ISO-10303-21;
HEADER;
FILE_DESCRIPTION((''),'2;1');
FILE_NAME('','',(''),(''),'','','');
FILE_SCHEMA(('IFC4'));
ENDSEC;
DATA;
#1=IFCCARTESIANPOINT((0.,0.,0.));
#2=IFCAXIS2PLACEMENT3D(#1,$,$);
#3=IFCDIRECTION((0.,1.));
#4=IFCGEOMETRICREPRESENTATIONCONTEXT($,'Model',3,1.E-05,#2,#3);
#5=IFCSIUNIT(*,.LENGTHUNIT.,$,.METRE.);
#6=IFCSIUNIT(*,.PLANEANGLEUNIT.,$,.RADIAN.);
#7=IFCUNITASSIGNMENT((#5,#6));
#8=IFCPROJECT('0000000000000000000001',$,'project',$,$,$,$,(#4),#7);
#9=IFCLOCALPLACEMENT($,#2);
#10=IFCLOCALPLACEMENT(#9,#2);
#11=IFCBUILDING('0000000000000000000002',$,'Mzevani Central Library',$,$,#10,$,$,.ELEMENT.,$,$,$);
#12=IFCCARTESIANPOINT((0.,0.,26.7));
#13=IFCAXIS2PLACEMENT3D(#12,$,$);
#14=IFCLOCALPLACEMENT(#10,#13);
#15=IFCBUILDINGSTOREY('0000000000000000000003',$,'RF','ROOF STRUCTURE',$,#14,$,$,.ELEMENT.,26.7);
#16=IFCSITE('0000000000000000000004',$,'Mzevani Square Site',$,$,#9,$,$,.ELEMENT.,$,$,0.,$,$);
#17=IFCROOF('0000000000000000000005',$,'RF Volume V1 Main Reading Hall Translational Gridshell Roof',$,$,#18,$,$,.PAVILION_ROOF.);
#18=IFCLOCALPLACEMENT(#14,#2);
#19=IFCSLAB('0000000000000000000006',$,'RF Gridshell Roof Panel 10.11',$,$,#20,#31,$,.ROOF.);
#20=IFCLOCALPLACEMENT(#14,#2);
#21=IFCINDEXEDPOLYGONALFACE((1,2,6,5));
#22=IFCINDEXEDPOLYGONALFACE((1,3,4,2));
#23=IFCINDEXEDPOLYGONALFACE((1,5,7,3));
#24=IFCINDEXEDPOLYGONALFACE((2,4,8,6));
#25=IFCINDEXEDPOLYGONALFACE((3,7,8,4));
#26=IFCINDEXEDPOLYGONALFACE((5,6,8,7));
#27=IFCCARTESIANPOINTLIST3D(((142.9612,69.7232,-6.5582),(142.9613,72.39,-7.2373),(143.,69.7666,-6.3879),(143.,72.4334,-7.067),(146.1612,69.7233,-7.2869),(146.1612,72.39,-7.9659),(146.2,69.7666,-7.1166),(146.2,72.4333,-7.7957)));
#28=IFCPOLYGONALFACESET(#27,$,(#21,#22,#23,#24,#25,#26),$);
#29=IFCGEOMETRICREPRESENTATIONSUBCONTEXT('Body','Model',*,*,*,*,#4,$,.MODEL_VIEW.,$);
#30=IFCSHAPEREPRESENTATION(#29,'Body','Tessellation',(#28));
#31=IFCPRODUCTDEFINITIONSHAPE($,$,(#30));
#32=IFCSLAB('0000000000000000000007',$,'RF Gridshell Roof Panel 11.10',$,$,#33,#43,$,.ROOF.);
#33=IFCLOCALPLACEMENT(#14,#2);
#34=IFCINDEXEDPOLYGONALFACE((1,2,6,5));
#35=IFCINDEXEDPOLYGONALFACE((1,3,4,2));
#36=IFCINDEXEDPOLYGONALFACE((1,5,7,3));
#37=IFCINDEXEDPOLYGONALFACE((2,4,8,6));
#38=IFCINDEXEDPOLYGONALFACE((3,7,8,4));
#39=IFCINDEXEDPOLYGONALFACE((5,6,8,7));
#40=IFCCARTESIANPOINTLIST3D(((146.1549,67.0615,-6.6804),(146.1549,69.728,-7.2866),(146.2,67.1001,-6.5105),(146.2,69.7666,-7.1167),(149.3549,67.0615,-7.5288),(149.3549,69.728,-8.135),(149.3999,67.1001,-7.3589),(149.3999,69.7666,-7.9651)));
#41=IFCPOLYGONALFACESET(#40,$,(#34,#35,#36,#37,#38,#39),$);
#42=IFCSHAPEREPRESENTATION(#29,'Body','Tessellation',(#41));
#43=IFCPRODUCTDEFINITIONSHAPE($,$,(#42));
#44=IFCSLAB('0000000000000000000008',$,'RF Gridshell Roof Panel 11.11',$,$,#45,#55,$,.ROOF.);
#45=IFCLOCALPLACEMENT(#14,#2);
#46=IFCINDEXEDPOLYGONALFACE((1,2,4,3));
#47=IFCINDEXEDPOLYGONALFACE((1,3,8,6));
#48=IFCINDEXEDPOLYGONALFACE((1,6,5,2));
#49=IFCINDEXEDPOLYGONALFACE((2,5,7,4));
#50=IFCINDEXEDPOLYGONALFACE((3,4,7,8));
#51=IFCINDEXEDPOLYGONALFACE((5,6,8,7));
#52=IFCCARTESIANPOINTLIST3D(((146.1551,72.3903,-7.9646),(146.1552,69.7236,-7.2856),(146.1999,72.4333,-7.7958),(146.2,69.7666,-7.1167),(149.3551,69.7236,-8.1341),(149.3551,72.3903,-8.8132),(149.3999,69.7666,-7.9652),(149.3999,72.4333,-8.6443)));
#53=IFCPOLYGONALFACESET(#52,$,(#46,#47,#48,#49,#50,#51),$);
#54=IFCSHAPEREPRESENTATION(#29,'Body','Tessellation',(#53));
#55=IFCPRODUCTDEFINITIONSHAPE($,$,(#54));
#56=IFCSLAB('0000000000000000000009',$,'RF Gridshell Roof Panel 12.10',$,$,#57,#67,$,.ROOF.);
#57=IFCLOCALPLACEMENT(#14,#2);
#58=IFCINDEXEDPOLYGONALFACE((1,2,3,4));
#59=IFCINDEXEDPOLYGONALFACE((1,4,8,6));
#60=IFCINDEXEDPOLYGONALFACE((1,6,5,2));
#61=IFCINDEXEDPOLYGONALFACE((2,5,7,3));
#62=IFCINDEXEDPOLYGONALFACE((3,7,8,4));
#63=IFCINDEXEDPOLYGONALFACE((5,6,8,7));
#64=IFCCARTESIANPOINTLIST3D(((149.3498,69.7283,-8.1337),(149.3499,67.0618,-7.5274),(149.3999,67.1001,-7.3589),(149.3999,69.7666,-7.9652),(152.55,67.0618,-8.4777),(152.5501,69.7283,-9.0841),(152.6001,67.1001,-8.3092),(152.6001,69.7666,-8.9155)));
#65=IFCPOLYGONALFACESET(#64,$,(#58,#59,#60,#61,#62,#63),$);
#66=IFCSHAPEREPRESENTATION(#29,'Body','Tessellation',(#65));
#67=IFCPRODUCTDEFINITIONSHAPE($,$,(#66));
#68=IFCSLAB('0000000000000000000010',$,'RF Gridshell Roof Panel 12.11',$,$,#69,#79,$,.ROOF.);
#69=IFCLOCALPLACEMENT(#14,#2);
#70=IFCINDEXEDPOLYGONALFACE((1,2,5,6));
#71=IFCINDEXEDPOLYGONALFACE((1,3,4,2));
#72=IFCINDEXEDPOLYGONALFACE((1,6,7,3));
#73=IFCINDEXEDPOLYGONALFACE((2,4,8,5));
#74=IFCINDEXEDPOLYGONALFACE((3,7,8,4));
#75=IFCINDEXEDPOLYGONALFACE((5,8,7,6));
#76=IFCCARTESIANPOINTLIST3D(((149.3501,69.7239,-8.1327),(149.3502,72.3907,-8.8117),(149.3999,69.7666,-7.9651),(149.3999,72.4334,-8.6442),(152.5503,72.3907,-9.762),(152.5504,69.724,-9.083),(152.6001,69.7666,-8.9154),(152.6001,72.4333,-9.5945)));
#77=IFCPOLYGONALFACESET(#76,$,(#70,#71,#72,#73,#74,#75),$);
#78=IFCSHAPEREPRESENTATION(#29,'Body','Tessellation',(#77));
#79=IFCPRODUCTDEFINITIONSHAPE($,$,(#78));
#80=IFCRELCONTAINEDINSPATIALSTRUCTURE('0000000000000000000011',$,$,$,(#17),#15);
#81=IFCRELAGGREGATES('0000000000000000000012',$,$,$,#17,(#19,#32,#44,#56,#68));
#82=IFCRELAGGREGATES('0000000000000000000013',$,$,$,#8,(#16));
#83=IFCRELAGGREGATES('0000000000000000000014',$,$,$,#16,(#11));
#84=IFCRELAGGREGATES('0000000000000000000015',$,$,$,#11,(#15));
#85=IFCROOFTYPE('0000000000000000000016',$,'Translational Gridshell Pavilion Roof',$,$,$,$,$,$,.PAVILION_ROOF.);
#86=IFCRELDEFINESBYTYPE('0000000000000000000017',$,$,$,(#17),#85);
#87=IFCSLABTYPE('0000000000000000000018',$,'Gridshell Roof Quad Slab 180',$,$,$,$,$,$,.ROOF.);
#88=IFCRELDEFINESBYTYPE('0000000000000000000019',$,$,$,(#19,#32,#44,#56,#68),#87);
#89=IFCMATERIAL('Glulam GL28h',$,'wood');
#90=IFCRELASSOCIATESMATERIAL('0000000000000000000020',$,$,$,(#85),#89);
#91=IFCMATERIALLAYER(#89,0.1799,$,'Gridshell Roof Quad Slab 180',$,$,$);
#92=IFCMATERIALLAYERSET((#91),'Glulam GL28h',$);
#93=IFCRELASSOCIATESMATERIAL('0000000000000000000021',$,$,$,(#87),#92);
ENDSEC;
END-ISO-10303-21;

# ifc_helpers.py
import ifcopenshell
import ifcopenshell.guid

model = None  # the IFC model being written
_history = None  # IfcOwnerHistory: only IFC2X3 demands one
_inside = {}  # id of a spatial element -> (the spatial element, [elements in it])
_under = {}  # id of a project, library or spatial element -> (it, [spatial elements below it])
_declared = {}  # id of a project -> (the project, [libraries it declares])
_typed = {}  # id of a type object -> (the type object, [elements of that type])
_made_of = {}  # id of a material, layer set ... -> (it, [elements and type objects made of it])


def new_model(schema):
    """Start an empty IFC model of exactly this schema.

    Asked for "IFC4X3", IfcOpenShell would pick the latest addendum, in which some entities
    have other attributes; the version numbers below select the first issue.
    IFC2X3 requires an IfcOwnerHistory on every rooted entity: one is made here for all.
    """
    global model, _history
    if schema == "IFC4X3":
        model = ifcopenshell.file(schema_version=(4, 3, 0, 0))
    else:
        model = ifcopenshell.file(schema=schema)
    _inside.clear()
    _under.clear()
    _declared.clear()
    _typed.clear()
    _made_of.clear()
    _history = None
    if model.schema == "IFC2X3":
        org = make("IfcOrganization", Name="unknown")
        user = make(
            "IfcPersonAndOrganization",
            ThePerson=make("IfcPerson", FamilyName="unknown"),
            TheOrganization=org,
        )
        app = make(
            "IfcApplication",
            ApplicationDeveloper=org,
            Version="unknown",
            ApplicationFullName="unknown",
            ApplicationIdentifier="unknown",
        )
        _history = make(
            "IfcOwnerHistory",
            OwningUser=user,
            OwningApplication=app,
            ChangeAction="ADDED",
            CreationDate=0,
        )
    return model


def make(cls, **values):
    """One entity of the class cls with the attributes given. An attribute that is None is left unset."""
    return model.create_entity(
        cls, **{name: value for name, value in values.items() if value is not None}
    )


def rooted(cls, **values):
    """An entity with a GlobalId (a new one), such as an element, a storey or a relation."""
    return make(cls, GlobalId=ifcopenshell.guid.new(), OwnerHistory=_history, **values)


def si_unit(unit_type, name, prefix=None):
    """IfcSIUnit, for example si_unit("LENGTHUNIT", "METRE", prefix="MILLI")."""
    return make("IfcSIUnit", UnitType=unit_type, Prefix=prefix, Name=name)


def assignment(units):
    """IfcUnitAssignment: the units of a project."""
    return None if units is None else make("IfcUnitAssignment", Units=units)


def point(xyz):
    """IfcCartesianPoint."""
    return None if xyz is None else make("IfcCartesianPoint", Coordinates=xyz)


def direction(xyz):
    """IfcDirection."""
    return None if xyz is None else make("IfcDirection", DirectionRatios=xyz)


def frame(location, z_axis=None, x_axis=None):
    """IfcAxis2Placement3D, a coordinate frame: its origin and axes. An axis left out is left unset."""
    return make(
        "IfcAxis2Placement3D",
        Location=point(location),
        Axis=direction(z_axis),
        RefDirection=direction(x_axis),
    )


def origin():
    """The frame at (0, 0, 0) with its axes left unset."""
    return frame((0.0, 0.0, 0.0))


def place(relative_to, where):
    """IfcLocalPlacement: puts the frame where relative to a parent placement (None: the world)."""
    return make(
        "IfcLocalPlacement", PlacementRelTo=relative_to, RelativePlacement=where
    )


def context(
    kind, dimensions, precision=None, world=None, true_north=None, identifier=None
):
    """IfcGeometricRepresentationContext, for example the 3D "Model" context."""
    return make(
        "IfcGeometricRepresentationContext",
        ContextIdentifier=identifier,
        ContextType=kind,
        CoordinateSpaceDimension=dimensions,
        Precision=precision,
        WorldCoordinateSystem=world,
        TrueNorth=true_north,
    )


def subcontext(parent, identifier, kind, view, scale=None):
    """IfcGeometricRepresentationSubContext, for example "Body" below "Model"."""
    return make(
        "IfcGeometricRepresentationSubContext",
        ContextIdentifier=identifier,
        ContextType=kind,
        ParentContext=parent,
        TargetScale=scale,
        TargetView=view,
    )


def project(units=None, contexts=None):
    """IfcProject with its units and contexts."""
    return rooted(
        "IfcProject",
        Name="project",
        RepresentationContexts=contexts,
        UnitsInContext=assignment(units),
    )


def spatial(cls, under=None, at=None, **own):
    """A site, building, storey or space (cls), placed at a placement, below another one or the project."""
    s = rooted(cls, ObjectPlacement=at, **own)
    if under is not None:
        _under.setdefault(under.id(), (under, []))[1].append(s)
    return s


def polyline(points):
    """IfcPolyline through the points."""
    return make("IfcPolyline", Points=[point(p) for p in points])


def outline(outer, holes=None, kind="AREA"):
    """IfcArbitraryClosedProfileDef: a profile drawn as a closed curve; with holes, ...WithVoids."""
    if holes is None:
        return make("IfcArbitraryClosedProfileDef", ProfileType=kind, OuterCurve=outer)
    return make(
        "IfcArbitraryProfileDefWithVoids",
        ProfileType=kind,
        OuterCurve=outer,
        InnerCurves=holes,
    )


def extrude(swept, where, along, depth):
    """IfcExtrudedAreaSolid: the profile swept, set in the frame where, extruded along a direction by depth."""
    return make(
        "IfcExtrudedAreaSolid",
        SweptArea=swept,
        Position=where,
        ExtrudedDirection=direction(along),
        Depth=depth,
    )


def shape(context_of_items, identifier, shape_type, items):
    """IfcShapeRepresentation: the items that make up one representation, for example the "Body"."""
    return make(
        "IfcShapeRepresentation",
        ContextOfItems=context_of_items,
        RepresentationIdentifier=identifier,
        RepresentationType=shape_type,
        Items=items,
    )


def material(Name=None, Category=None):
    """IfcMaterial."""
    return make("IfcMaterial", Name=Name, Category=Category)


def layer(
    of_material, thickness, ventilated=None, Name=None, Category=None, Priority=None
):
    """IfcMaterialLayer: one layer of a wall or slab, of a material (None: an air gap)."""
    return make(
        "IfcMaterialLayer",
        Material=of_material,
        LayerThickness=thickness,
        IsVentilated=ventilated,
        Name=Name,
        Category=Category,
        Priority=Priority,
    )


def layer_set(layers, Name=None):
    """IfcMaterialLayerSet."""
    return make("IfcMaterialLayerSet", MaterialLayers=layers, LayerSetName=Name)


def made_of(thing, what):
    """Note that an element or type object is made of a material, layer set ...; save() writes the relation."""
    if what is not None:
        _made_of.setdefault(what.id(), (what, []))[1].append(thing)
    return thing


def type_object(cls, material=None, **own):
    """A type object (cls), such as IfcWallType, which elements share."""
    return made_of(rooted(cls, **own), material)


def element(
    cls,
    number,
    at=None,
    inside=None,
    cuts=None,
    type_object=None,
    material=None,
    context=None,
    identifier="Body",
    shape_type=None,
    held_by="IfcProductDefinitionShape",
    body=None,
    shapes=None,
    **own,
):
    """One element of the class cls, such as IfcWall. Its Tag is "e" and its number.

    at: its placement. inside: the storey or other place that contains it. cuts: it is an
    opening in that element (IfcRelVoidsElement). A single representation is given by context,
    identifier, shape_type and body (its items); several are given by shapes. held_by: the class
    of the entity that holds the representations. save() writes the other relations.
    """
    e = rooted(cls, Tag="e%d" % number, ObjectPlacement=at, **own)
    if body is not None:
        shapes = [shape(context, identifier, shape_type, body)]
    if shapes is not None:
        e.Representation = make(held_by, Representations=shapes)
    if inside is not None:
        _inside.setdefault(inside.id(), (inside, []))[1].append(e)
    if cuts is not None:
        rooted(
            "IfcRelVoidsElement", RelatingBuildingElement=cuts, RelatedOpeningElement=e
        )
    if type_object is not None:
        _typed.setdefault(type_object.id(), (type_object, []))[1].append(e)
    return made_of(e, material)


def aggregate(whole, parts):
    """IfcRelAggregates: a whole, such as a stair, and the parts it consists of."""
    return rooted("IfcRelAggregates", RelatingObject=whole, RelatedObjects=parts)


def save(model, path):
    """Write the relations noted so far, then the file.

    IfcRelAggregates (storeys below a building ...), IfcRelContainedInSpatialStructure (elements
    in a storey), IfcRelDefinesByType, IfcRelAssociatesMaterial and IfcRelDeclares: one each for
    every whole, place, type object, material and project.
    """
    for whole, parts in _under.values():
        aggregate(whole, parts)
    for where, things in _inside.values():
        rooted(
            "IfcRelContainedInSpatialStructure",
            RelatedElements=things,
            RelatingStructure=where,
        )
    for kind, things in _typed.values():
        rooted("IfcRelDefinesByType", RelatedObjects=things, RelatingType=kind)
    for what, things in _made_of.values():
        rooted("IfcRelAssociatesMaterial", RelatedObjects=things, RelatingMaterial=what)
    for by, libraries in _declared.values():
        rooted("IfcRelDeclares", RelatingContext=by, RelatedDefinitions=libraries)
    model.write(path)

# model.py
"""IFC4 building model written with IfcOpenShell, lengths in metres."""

from ifc_helpers import new_model, si_unit, direction, frame, origin, place, context, subcontext, project, spatial, polyline, outline, extrude, material, layer, layer_set, type_object, element, aggregate, save


model = new_model("IFC4")

# Units and contexts
model_context = context("Model", 3, precision=1e-05, world=origin(), true_north=direction((0.0, 1.0)))
body_context = subcontext(model_context, "Body", "Model", "MODEL_VIEW")
ifc_project = project(units=[si_unit("LENGTHUNIT", "METRE"), si_unit("PLANEANGLEUNIT", "RADIAN")], contexts=[model_context])

# Site, building, storey
site_placement = place(None, origin())
site = spatial("IfcSite", under=ifc_project, at=site_placement, Name="Mzevani Square Site", CompositionType="ELEMENT", RefElevation=0.0)
building_placement = place(site_placement, origin())
building = spatial("IfcBuilding", under=site, at=building_placement, Name="Mzevani Central Library", CompositionType="ELEMENT")
storey_placement = place(building_placement, frame((0.0, 0.0, 26.7)))
storey = spatial("IfcBuildingStorey", under=building, at=storey_placement, Name="RF", Description="ROOF STRUCTURE", CompositionType="ELEMENT", Elevation=26.7)

# Shared definitions
ifc_material_1 = material(Name="Glulam GL28h", Category="wood")

# Roof, slabs
roof_type = type_object("IfcRoofType", Name="Translational Gridshell Pavilion Roof", PredefinedType="PAVILION_ROOF", material=ifc_material_1)
roof_placement = place(storey_placement, origin())
roof = element("IfcRoof", 1, at=roof_placement, inside=storey, type_object=roof_type, Name="RF Volume V1 Main Reading Hall Translational Gridshell Roof", PredefinedType="PAVILION_ROOF")
ifc_layer_1 = layer(ifc_material_1, 0.1799, Name="Gridshell Roof Quad Slab 180")
ifc_layer_set_1 = layer_set([ifc_layer_1], Name="Glulam GL28h")
slab_type = type_object("IfcSlabType", Name="Gridshell Roof Quad Slab 180", PredefinedType="ROOF", material=ifc_layer_set_1)
slab_1_placement = place(storey_placement, frame((143.0, 69.7666, -6.3879), z_axis=(0.215477, 0.240974, 0.946309), x_axis=(0.975042, 0.000008, -0.222022)))
slab_1 = element("IfcSlab", 2, at=slab_1_placement, type_object=slab_type, Name="RF Gridshell Roof Panel 10.11", PredefinedType="ROOF", context=body_context, shape_type="SweptSolid", body=[
    extrude(outline(polyline([(0.0, 0.0), (3.2819, 0.0), (3.4327, 2.7477), (0.1508, 2.7477), (0.0, 0.0)])), origin(), (0.0, 0.0, -1.0), 0.1799),
])
slab_2_placement = place(storey_placement, frame((146.2, 67.1001, -6.5105), z_axis=(0.250299, 0.214626, 0.944079), x_axis=(0.966605, 0.0, -0.256272)))
slab_2 = element("IfcSlab", 3, at=slab_2_placement, type_object=slab_type, Name="RF Gridshell Roof Panel 11.10", PredefinedType="ROOF", context=body_context, shape_type="SweptSolid", body=[
    extrude(outline(polyline([(0.0, 0.0), (3.3105, 0.0), (3.4659, 2.7301), (0.1554, 2.7301), (0.0, 0.0)])), origin(), (0.0, 0.0, -1.0), 0.1799),
])
slab_3_placement = place(storey_placement, frame((146.2, 69.7666, -7.1167), z_axis=(0.248878, 0.239006, 0.938582), x_axis=(0.966596, -0.000008, -0.256304)))
slab_3 = element("IfcSlab", 4, at=slab_3_placement, type_object=slab_type, Name="RF Gridshell Roof Panel 11.11", PredefinedType="ROOF", context=body_context, shape_type="SweptSolid", body=[
    extrude(outline(polyline([(0.0, 0.0), (3.3105, 0.0), (3.4846, 2.7464), (0.174, 2.7463), (0.0, 0.0)])), origin(), (0.0, 0.0, -1.0), 0.1799),
])
slab_4_placement = place(storey_placement, frame((149.3999, 67.1001, -7.3589), z_axis=(0.278139, 0.212976, 0.936632), x_axis=(0.958626, -0.000007, -0.284668)))
slab_4 = element("IfcSlab", 5, at=slab_4_placement, type_object=slab_type, Name="RF Gridshell Roof Panel 12.10", PredefinedType="ROOF", context=body_context, shape_type="SweptSolid", body=[
    extrude(outline(polyline([(0.0, 0.0), (3.3383, 0.0), (3.5109, 2.7291), (0.1725, 2.7291), (0.0, 0.0)])), origin(), (0.0, 0.0, -1.0), 0.1799),
])
slab_5_placement = place(storey_placement, frame((149.3999, 69.7666, -7.9651), z_axis=(0.276549, 0.237147, 0.93128), x_axis=(0.958625, 0.000008, -0.284672)))
slab_5 = element("IfcSlab", 6, at=slab_5_placement, type_object=slab_type, Name="RF Gridshell Roof Panel 12.11", PredefinedType="ROOF", context=body_context, shape_type="SweptSolid", body=[
    extrude(outline(polyline([(0.0, 0.0), (3.3384, 0.0), (3.5317, 2.745), (0.1934, 2.7451), (0.0, 0.0)])), origin(), (0.0, 0.0, -1.0), 0.1799),
])
aggregate(roof, [slab_1, slab_2, slab_3, slab_4, slab_5])

save(model, "model.ifc")
